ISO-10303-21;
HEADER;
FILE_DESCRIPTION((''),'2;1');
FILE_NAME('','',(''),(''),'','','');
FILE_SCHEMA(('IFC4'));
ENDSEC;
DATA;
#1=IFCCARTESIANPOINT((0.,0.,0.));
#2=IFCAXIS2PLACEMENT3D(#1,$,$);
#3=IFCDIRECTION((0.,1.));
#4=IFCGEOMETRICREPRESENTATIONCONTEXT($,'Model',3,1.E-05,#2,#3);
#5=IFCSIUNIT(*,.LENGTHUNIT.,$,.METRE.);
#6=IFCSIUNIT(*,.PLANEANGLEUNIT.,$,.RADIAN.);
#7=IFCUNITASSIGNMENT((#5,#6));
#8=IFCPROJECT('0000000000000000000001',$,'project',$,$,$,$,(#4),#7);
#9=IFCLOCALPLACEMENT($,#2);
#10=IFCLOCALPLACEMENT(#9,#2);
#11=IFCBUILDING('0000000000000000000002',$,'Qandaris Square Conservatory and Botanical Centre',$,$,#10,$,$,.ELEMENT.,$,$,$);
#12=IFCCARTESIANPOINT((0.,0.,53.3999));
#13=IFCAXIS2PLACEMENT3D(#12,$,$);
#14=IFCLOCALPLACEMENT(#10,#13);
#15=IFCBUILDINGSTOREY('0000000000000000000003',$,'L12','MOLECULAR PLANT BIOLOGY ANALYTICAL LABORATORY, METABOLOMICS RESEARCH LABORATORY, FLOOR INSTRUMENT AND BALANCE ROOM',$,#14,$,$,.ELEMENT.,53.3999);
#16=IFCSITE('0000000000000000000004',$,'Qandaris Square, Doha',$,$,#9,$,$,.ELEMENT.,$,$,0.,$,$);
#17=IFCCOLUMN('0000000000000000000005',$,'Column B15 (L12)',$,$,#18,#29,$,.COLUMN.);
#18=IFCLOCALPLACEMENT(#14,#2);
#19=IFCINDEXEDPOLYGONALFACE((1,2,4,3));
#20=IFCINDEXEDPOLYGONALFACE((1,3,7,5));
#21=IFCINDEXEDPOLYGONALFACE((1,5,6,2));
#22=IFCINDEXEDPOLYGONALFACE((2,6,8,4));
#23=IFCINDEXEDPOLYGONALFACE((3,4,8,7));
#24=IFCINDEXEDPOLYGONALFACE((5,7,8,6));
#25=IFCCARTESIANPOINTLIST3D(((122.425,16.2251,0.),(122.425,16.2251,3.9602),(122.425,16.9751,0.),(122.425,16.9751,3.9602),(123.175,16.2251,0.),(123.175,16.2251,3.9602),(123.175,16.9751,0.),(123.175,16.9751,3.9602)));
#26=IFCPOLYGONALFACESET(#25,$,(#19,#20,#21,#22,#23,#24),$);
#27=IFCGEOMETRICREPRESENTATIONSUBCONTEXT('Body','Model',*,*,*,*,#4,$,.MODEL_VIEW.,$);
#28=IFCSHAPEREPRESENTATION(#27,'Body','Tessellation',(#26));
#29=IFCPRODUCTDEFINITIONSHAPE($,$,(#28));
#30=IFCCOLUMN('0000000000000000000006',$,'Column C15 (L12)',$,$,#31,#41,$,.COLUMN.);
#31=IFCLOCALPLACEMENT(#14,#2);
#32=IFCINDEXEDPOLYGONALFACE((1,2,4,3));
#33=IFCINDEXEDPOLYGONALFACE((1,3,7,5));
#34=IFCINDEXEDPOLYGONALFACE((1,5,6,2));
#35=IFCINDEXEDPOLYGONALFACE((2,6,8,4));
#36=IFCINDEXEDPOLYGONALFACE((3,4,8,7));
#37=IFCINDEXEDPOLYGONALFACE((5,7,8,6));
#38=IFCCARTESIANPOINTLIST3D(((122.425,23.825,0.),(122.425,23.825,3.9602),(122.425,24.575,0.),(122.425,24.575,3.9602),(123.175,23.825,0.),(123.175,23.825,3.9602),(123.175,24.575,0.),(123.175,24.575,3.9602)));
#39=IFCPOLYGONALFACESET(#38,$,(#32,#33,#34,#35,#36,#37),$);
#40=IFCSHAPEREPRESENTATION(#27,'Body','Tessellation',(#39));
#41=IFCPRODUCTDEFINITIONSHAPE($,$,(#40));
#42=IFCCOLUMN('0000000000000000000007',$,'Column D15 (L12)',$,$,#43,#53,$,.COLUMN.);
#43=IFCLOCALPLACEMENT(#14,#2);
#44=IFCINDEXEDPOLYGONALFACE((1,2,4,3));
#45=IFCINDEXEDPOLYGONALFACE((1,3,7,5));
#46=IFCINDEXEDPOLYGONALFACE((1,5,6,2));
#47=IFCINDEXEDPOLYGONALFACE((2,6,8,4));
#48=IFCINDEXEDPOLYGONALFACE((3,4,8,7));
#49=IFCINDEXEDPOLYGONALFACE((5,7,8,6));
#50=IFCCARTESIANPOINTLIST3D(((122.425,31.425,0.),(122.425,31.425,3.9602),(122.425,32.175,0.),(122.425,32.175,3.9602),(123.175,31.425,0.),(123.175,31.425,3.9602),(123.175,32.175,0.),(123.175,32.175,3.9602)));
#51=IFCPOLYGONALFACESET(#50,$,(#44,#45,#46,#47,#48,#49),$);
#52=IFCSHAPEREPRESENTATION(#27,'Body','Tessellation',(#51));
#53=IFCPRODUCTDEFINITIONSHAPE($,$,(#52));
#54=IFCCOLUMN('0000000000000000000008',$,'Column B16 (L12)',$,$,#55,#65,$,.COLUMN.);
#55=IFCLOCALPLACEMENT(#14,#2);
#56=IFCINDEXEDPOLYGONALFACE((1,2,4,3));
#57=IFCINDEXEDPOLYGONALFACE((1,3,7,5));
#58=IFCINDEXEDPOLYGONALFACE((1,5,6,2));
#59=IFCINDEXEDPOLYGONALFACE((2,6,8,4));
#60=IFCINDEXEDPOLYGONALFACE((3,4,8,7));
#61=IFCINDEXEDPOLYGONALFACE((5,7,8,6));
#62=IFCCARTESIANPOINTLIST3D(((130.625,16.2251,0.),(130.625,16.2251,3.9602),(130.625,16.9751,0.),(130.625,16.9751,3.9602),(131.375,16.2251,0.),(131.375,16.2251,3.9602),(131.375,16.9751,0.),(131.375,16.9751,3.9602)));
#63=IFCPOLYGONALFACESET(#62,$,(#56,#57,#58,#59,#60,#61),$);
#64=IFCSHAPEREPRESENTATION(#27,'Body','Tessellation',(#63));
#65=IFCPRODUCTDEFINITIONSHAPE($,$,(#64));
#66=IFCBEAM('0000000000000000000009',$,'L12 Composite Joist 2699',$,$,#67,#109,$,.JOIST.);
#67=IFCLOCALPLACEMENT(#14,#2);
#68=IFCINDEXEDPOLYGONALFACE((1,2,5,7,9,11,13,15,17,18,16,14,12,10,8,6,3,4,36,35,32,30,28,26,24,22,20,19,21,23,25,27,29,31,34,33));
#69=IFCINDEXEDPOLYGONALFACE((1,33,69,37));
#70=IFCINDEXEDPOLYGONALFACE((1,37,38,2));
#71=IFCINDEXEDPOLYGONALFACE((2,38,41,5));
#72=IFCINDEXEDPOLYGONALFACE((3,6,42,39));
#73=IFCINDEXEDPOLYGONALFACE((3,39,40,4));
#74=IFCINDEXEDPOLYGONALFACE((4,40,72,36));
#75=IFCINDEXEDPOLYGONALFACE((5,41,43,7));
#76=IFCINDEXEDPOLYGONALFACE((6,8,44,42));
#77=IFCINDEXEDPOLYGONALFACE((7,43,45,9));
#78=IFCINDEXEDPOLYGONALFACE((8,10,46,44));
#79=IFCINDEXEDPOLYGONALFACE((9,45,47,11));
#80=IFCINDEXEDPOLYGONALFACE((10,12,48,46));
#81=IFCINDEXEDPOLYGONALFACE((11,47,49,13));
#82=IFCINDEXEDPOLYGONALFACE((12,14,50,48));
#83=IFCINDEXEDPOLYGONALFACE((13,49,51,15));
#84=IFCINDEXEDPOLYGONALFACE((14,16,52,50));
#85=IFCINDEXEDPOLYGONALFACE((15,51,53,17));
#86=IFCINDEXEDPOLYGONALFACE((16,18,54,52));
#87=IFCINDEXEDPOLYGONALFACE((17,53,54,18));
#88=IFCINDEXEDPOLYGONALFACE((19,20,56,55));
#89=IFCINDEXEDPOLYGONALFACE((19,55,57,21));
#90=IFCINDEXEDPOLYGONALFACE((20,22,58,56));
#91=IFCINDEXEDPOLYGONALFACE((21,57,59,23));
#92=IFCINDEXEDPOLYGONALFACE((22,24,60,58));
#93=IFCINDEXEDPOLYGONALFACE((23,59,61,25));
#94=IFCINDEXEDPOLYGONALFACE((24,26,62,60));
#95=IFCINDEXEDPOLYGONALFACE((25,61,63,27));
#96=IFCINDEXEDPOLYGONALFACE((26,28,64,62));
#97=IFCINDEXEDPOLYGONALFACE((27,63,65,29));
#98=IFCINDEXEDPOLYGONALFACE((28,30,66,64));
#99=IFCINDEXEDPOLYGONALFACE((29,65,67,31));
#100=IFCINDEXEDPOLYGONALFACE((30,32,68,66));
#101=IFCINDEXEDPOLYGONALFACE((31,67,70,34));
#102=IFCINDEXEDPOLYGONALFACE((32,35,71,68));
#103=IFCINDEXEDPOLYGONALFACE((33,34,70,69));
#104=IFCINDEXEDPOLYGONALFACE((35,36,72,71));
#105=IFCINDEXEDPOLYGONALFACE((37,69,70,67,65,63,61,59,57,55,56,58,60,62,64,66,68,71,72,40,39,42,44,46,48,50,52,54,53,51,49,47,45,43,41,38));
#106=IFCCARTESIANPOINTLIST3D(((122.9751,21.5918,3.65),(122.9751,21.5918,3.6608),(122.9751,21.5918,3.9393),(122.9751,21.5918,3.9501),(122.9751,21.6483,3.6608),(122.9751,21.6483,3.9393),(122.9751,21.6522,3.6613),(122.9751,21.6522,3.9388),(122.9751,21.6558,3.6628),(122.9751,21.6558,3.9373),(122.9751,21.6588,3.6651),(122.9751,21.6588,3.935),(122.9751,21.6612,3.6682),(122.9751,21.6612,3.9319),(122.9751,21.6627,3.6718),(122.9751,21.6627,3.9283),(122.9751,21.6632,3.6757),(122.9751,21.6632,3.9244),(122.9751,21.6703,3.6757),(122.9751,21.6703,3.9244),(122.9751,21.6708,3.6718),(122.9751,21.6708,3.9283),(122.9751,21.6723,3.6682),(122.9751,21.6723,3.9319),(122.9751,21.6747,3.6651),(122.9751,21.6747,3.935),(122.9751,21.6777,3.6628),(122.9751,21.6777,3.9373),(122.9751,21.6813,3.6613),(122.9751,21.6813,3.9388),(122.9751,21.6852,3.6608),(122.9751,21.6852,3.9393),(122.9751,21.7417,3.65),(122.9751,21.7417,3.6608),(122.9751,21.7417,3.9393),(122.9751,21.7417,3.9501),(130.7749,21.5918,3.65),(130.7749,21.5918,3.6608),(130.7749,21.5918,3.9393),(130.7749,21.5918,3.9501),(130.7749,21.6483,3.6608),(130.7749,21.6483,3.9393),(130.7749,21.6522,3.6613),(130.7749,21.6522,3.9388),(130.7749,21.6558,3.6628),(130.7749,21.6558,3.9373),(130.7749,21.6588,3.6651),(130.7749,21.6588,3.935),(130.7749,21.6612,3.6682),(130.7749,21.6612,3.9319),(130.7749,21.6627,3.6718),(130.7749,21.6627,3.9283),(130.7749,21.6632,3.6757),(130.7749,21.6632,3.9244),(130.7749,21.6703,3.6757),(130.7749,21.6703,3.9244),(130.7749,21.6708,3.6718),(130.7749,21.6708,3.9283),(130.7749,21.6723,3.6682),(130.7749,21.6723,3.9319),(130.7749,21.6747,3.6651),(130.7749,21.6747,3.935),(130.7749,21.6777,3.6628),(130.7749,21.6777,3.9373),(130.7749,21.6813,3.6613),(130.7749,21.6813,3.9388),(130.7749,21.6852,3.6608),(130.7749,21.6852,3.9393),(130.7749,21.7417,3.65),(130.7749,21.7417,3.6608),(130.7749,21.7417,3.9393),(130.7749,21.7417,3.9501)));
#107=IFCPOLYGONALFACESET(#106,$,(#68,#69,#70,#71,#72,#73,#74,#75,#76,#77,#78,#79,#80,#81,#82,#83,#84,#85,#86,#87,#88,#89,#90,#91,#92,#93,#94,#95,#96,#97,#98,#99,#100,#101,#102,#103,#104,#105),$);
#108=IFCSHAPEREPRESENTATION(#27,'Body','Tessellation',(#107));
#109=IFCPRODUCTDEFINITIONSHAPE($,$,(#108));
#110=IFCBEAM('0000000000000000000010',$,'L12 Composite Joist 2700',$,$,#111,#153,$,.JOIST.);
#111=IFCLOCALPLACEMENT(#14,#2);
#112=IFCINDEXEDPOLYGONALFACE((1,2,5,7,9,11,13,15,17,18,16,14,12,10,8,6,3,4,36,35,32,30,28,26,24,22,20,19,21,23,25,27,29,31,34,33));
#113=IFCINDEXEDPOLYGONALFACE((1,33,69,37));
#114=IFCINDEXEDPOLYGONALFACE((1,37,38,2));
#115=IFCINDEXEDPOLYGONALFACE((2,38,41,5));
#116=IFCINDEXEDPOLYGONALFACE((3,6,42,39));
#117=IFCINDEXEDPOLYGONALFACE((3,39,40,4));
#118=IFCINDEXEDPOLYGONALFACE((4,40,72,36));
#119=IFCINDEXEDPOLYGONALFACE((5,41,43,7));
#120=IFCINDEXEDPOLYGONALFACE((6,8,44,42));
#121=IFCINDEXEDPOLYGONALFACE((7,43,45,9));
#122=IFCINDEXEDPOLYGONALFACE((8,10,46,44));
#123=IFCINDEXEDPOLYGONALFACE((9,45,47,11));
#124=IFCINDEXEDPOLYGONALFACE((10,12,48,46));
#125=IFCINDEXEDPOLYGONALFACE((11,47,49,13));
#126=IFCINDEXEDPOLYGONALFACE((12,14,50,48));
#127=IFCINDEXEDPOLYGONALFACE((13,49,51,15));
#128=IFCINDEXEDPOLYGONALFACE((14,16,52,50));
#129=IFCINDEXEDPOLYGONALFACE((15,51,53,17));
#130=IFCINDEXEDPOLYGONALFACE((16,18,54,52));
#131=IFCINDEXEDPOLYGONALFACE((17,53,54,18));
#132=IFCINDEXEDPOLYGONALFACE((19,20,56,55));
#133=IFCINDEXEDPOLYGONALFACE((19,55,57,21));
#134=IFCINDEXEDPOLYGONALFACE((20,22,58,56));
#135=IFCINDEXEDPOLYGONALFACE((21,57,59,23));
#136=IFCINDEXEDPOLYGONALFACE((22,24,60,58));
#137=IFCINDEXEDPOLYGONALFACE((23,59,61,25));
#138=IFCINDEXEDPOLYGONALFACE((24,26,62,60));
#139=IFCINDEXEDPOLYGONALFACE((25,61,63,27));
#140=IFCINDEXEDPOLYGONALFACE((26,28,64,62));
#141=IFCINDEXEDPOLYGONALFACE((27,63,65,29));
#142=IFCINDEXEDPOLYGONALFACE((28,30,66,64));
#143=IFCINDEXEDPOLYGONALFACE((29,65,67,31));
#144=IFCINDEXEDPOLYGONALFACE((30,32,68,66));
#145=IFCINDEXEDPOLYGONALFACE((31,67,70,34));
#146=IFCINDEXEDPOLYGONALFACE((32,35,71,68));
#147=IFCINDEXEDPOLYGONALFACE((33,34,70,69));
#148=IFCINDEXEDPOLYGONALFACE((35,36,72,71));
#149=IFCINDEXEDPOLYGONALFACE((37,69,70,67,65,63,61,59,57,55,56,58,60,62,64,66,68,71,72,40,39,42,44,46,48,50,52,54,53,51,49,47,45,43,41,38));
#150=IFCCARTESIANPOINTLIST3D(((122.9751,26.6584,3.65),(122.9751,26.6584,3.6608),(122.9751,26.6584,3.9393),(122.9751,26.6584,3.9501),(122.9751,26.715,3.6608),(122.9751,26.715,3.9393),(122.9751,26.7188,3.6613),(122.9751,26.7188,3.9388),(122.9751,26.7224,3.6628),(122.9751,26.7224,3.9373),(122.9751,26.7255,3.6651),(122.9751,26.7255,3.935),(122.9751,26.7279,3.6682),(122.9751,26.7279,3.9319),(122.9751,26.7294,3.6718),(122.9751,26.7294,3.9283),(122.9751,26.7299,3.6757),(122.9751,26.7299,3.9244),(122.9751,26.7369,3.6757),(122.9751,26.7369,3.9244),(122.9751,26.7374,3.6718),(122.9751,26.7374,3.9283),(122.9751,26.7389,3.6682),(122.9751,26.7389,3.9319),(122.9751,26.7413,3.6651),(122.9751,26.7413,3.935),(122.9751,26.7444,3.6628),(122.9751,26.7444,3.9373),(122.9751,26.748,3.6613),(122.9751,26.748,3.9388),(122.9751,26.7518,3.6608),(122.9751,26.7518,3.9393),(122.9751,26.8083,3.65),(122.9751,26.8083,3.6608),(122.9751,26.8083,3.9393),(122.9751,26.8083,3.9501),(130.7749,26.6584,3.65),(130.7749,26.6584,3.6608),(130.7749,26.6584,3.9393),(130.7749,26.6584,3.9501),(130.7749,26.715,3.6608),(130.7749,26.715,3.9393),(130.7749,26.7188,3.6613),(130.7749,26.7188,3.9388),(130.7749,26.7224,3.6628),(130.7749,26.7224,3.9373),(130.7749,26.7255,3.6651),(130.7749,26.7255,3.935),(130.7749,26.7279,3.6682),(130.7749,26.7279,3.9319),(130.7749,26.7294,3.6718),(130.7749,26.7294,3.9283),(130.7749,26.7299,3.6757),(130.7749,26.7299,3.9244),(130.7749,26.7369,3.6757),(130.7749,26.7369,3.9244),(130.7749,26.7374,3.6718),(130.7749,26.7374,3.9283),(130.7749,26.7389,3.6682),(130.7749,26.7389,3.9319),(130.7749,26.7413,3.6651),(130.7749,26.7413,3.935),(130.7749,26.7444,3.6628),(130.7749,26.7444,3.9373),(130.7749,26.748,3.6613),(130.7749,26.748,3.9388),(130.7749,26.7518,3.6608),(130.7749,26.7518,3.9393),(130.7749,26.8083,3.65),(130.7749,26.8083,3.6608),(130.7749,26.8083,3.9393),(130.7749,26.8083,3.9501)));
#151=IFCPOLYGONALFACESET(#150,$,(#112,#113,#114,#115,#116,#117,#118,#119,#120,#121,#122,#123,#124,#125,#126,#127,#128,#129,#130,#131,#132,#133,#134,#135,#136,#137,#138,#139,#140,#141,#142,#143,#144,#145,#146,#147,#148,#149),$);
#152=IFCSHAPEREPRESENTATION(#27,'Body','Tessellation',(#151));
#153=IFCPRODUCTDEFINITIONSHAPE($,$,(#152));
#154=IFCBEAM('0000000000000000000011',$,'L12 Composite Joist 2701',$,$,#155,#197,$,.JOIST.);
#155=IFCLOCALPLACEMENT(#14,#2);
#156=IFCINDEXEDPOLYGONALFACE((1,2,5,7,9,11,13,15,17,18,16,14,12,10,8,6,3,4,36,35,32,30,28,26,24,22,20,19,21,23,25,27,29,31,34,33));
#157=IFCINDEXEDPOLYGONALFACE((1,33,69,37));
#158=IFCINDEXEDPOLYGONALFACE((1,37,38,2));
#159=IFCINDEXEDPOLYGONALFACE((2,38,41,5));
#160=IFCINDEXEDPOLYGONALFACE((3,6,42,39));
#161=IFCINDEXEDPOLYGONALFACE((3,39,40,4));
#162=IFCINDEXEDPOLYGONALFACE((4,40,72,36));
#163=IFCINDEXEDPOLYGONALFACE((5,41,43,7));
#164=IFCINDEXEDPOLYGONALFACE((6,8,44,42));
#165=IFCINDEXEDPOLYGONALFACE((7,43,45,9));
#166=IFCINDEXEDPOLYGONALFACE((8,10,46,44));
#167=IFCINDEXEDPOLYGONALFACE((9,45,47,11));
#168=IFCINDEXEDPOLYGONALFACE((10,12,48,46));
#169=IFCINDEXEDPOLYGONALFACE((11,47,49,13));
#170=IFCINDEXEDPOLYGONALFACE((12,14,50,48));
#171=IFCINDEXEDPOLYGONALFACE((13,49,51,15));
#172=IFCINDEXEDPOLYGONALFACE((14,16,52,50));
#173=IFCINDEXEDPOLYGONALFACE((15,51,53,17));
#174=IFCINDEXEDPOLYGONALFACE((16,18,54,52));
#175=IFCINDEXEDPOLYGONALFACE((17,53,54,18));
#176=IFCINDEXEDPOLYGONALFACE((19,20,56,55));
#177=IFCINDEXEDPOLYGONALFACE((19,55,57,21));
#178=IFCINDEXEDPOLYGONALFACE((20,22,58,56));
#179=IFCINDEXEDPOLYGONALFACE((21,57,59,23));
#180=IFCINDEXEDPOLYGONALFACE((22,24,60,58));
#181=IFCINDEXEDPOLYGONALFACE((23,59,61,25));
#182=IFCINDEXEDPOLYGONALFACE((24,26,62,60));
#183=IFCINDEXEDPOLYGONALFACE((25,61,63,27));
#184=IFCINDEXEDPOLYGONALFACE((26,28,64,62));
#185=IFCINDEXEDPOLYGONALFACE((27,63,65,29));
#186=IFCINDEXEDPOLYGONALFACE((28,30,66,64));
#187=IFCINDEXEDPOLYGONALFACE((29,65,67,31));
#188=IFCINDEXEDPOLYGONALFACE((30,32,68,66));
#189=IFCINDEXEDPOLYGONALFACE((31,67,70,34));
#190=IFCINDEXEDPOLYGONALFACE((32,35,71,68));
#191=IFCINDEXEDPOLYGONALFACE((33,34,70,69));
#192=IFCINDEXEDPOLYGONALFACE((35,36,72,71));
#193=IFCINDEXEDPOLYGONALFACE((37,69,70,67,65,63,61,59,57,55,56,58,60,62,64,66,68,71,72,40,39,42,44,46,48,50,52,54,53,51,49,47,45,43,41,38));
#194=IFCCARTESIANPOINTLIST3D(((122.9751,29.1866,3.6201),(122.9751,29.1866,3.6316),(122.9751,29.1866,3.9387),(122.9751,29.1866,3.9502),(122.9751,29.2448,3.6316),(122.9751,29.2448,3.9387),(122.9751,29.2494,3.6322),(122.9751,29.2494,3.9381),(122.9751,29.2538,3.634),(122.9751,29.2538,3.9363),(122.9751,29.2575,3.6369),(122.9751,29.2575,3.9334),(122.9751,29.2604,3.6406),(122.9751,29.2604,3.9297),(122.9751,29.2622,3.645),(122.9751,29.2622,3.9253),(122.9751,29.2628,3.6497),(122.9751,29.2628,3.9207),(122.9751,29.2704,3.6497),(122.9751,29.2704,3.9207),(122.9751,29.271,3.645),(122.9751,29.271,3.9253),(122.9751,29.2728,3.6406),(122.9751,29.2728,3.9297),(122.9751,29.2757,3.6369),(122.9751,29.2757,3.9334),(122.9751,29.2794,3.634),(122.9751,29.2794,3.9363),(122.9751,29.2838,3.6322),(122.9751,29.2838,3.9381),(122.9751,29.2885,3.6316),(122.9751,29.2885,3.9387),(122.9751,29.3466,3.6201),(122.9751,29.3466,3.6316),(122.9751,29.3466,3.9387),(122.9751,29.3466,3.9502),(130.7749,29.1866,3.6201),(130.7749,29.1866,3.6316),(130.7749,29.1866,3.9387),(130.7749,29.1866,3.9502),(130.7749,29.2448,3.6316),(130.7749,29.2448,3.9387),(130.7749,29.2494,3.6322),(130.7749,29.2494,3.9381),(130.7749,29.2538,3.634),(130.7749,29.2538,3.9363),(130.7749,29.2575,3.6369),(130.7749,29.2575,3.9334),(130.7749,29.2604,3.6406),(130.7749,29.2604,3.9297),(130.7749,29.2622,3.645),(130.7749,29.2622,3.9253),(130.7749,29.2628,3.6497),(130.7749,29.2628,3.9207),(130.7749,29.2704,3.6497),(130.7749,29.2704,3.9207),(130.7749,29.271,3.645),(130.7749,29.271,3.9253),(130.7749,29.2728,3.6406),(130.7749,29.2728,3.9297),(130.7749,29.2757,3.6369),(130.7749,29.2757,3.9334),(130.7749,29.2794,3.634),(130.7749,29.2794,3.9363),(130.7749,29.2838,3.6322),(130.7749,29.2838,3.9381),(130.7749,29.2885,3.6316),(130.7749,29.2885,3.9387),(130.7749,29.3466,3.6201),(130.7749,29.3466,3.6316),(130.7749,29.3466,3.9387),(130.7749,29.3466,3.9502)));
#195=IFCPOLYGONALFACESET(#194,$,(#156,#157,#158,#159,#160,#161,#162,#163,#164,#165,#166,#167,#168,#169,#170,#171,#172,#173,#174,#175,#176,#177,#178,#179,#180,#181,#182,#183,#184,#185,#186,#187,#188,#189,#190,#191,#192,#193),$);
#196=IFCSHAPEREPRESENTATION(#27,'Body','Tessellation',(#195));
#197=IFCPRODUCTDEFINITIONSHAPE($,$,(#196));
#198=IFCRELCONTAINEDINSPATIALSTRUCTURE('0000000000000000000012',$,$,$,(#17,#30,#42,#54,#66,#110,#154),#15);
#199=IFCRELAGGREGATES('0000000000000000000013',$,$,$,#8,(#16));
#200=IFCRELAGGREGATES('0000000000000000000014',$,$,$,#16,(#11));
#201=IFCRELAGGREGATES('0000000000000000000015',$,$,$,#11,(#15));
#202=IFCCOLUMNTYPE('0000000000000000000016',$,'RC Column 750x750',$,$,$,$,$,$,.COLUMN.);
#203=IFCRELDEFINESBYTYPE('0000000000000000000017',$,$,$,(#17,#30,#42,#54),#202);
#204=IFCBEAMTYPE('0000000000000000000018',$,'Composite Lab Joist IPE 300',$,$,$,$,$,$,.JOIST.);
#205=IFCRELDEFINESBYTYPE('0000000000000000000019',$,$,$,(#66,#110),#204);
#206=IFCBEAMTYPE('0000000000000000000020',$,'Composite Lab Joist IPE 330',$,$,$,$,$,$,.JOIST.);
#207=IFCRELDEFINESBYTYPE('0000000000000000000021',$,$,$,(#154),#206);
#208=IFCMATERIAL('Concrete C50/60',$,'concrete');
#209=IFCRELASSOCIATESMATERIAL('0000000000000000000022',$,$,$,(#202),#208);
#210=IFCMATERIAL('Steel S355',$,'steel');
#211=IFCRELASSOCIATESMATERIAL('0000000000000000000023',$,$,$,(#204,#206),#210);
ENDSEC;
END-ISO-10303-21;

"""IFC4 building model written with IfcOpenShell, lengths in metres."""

from ifc_helpers import new_model, si_unit, direction, frame, origin, origin_2d, place, context, subcontext, project, spatial, rectangle, i_section, extrude, material, material_profile, profile_set, type_object, element, save


model = new_model("IFC4")

# Units and contexts
model_context = context("Model", 3, precision=1e-05, world=origin(), true_north=direction((0.0, 1.0)))
body_context = subcontext(model_context, "Body", "Model", "MODEL_VIEW")
ifc_project = project(units=[si_unit("LENGTHUNIT", "METRE"), si_unit("PLANEANGLEUNIT", "RADIAN")], contexts=[model_context])

# Site, building, storey
site_placement = place(None, origin())
site = spatial("IfcSite", under=ifc_project, at=site_placement, Name="Qandaris Square, Doha", CompositionType="ELEMENT", RefElevation=0.0)
building_placement = place(site_placement, origin())
building = spatial("IfcBuilding", under=site, at=building_placement, Name="Qandaris Square Conservatory and Botanical Centre", CompositionType="ELEMENT")
storey_placement = place(building_placement, frame((0.0, 0.0, 53.3999)))
storey = spatial("IfcBuildingStorey", under=building, at=storey_placement, Name="L12", Description="MOLECULAR PLANT BIOLOGY ANALYTICAL LABORATORY, METABOLOMICS RESEARCH LABORATORY, FLOOR INSTRUMENT AND BALANCE ROOM", CompositionType="ELEMENT", Elevation=53.3999)

# Columns
ifc_material_1 = material(Name="Concrete C50/60", Category="concrete")
ifc_material_profile_1 = material_profile(ifc_material_1, rectangle(XDim=0.75, YDim=0.75, at=origin_2d()), Name="RC-COL 750x750")
ifc_profile_set_1 = profile_set([ifc_material_profile_1], Name="Concrete C50/60")
column_type = type_object("IfcColumnType", Name="RC Column 750x750", PredefinedType="COLUMN", material=ifc_profile_set_1)
for number, where, z_axis, x_axis, name in (
    (1, (122.8, 16.6001, 0.0), (0.0, 0.0, 1.0), (1.0, 0.0, 0.0), "Column B15 (L12)"),
    (2, (122.8, 24.2, 0.0), (0.0, 0.0, 1.0), (1.0, 0.0, 0.0), "Column C15 (L12)"),
    (3, (122.8, 31.8, 0.0), (0.0, 0.0, 1.0), (1.0, 0.0, 0.0), "Column D15 (L12)"),
    (4, (131.0, 16.6001, 0.0), (0.0, 0.0, 1.0), (1.0, 0.0, 0.0), "Column B16 (L12)"),
):
    element("IfcColumn", number, at=place(storey_placement, frame(where, z_axis=z_axis, x_axis=x_axis)), inside=storey, type_object=column_type, Name=name, PredefinedType="COLUMN", context=body_context, shape_type="SweptSolid", body=[
        extrude(rectangle(XDim=0.75, YDim=0.75, at=origin_2d()), origin(), (0.0, 0.0, 1.0), 3.9602),
    ])

# Beams
ifc_material_2 = material(Name="Steel S355", Category="steel")
ifc_material_profile_2 = material_profile(ifc_material_2, i_section(OverallWidth=0.1499, OverallDepth=0.3, WebThickness=0.0071, FlangeThickness=0.0107, FilletRadius=0.0149, at=origin_2d()), Name="IPE 300")
ifc_profile_set_2 = profile_set([ifc_material_profile_2], Name="Steel S355")
beam_type_1 = type_object("IfcBeamType", Name="Composite Lab Joist IPE 300", PredefinedType="JOIST", material=ifc_profile_set_2)
for number, where, z_axis, x_axis, name in (
    (5, (122.9751, 21.6667, 3.8), (1.0, 0.0, 0.0), (0.0, 1.0, 0.0), "L12 Composite Joist 2699"),
    (6, (122.9751, 26.7334, 3.8), (1.0, 0.0, 0.0), (0.0, 1.0, 0.0), "L12 Composite Joist 2700"),
):
    element("IfcBeam", number, at=place(storey_placement, frame(where, z_axis=z_axis, x_axis=x_axis)), inside=storey, type_object=beam_type_1, Name=name, PredefinedType="JOIST", context=body_context, shape_type="SweptSolid", body=[
        extrude(i_section(OverallWidth=0.1499, OverallDepth=0.3, WebThickness=0.0071, FlangeThickness=0.0107, FilletRadius=0.0149, at=origin_2d()), origin(), (0.0, 0.0, 1.0), 7.7998),
    ])
ifc_material_profile_3 = material_profile(ifc_material_2, i_section(OverallWidth=0.1599, OverallDepth=0.3301, WebThickness=0.0076, FlangeThickness=0.0115, FilletRadius=0.0181, at=origin_2d()), Name="IPE 330")
ifc_profile_set_3 = profile_set([ifc_material_profile_3], Name="Steel S355")
beam_type_2 = type_object("IfcBeamType", Name="Composite Lab Joist IPE 330", PredefinedType="JOIST", material=ifc_profile_set_3)
beam_1_placement = place(storey_placement, frame((122.9751, 29.2666, 3.7852), z_axis=(1.0, 0.0, 0.0), x_axis=(0.0, 1.0, 0.0)))
element("IfcBeam", 7, at=beam_1_placement, inside=storey, type_object=beam_type_2, Name="L12 Composite Joist 2701", PredefinedType="JOIST", context=body_context, shape_type="SweptSolid", body=[
    extrude(i_section(OverallWidth=0.1599, OverallDepth=0.3301, WebThickness=0.0076, FlangeThickness=0.0115, FilletRadius=0.0181, at=origin_2d()), origin(), (0.0, 0.0, 1.0), 7.7998),
])

save(model, "model.ifc")
